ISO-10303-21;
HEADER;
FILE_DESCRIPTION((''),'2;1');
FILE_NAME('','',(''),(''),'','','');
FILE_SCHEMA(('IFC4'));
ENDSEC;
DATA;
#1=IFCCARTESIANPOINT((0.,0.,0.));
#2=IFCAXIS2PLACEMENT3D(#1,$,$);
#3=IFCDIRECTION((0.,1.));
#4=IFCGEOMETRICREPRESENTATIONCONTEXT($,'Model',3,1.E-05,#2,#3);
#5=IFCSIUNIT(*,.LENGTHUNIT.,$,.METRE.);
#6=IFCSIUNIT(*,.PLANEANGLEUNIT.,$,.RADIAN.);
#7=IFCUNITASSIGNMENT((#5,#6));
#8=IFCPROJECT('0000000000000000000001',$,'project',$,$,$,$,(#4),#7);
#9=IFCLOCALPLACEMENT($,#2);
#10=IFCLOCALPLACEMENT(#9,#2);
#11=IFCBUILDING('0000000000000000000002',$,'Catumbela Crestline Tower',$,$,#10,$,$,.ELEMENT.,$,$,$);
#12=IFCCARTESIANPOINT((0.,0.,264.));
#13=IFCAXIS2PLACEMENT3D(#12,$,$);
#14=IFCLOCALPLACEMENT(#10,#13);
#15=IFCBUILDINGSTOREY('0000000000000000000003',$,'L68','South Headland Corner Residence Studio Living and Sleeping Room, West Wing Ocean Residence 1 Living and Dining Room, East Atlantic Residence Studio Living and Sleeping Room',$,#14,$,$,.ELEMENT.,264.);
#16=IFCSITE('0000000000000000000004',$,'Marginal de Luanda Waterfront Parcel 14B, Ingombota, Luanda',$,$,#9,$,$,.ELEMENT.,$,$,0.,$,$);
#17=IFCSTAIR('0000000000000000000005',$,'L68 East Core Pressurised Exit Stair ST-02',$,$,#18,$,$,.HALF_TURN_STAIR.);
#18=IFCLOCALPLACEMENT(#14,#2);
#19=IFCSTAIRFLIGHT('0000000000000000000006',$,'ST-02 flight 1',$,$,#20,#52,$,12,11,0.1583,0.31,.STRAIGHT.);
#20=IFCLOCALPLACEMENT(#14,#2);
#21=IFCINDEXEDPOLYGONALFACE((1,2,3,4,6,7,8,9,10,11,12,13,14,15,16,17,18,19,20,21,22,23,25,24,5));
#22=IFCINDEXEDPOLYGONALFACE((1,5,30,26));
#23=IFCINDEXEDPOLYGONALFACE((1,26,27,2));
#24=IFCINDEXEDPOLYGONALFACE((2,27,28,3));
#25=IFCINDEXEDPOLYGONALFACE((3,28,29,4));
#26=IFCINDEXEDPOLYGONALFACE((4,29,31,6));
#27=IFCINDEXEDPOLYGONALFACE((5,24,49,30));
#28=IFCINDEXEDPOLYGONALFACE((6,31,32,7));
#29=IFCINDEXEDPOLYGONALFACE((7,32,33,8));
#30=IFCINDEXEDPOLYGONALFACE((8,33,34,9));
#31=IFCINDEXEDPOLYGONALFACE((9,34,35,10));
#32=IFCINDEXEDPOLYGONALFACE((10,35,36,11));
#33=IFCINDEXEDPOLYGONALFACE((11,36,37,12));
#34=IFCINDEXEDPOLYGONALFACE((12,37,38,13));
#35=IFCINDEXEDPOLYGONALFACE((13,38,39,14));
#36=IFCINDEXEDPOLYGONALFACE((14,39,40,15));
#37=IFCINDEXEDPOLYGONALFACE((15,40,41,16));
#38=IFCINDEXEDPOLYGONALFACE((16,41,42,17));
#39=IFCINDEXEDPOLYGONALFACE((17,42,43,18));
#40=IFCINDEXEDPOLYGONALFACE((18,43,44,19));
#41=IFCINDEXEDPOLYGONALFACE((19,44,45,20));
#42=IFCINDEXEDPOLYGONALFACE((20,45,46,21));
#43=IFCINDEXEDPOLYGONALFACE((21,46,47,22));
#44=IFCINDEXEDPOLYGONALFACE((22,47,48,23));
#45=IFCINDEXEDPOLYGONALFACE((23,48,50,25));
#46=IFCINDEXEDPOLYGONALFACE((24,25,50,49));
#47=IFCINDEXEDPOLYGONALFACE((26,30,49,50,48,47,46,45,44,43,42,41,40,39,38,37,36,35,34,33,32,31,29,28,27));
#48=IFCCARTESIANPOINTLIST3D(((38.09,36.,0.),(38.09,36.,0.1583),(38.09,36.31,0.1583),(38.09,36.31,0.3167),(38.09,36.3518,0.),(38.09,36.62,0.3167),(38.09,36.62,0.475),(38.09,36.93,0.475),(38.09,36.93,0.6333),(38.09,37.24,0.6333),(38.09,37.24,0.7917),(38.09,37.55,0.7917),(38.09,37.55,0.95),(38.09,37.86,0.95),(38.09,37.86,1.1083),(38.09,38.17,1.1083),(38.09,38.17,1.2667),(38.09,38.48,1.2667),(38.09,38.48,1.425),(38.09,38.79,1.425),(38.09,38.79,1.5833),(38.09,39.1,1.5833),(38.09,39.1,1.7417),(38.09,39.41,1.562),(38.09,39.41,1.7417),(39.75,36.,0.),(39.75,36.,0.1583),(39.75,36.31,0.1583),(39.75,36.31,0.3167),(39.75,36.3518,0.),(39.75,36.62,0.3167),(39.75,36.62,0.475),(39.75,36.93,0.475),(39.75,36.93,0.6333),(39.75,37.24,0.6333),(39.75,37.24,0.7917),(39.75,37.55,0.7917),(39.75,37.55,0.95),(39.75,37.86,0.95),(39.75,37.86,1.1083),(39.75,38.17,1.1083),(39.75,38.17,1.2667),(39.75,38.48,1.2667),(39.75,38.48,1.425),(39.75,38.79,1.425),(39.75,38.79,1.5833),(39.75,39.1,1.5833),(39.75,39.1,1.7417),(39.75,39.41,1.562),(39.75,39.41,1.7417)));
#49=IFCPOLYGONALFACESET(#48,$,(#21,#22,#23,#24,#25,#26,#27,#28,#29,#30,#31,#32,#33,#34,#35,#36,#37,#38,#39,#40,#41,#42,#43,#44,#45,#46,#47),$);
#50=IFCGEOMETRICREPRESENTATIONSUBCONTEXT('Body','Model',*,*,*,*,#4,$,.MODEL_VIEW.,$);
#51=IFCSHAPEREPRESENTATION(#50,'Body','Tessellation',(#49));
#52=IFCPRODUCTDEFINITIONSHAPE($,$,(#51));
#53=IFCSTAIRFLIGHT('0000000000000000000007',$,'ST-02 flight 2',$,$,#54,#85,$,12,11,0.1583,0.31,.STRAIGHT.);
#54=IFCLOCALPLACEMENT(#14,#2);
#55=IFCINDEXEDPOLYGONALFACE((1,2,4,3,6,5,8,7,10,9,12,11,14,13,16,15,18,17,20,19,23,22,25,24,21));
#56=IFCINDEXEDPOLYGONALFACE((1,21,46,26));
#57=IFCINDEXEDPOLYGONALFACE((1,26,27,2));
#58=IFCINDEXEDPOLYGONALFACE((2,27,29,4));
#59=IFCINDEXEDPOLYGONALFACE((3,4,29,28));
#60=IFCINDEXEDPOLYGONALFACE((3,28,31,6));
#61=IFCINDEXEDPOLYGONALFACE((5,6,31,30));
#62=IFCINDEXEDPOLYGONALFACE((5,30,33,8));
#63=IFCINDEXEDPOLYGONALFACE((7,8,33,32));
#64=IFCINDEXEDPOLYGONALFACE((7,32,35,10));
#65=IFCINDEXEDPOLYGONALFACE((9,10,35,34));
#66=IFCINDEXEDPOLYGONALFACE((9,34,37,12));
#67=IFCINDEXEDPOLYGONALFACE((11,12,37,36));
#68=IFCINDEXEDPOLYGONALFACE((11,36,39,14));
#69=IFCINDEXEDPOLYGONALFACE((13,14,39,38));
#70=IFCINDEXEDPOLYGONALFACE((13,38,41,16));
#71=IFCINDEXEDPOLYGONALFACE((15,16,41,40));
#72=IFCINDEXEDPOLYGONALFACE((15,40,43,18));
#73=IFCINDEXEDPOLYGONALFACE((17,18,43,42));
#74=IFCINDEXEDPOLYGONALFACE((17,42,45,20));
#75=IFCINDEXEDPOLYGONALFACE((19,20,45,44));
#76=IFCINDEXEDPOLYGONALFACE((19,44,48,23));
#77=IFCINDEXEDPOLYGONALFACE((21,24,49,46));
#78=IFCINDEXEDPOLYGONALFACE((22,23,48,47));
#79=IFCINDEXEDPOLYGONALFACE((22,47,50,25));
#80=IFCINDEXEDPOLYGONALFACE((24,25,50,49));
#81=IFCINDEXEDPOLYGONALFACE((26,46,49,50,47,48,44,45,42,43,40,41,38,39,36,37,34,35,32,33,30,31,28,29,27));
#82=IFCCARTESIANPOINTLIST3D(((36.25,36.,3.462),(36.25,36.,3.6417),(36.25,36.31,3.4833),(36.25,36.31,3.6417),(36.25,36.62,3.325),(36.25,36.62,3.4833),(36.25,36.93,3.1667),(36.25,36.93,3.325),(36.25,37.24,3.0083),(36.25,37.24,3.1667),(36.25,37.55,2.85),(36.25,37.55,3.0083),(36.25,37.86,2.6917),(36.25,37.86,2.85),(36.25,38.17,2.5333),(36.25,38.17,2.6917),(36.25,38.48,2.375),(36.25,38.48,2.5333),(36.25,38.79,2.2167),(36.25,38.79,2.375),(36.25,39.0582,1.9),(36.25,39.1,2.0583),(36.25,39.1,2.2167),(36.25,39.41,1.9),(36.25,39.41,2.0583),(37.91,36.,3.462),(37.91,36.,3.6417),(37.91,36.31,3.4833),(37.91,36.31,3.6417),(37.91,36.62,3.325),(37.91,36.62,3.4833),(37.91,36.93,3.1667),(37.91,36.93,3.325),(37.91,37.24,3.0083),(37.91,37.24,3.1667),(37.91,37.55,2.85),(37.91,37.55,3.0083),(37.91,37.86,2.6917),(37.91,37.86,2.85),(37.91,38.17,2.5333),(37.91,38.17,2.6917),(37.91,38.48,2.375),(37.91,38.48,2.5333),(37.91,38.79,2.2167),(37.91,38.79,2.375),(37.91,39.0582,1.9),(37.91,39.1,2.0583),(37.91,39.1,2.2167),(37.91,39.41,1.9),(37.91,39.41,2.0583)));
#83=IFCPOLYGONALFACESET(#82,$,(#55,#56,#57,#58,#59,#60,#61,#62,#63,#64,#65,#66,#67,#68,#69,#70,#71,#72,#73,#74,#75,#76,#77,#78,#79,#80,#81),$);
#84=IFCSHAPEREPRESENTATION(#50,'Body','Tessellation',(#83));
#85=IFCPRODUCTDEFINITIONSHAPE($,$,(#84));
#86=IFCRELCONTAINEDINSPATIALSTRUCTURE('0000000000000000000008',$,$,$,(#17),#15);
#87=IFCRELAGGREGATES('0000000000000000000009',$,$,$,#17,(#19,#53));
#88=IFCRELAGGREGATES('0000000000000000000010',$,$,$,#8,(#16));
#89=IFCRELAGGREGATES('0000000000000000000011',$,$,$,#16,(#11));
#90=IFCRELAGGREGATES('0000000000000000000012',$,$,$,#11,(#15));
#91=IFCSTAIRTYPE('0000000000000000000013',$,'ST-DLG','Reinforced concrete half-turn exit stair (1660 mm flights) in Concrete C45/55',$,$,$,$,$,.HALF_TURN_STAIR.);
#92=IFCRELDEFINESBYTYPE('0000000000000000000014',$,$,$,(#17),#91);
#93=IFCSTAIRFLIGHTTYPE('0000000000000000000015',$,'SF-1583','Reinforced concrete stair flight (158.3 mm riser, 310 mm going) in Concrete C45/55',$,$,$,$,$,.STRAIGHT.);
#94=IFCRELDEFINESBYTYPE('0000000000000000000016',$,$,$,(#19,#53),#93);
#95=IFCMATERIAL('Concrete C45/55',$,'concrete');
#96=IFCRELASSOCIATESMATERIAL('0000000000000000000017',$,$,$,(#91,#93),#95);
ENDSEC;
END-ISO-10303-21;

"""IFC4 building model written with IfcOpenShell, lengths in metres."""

from ifc_helpers import new_model, si_unit, direction, frame, origin, place, context, subcontext, project, spatial, polyline, outline, extrude, material, type_object, element, aggregate, save


model = new_model("IFC4")

# Units and contexts
model_context = context("Model", 3, precision=1e-05, world=origin(), true_north=direction((0.0, 1.0)))
body_context = subcontext(model_context, "Body", "Model", "MODEL_VIEW")
ifc_project = project(units=[si_unit("LENGTHUNIT", "METRE"), si_unit("PLANEANGLEUNIT", "RADIAN")], contexts=[model_context])

# Site, building, storey
site_placement = place(None, origin())
site = spatial("IfcSite", under=ifc_project, at=site_placement, Name="Marginal de Luanda Waterfront Parcel 14B, Ingombota, Luanda", CompositionType="ELEMENT", RefElevation=0.0)
building_placement = place(site_placement, origin())
building = spatial("IfcBuilding", under=site, at=building_placement, Name="Catumbela Crestline Tower", CompositionType="ELEMENT")
storey_placement = place(building_placement, frame((0.0, 0.0, 264.0)))
storey = spatial("IfcBuildingStorey", under=building, at=storey_placement, Name="L68", Description="South Headland Corner Residence Studio Living and Sleeping Room, West Wing Ocean Residence 1 Living and Dining Room, East Atlantic Residence Studio Living and Sleeping Room", CompositionType="ELEMENT", Elevation=264.0)

# Stair, stair flights
ifc_material_1 = material(Name="Concrete C45/55", Category="concrete")
stair_type = type_object("IfcStairType", Name="ST-DLG", Description="Reinforced concrete half-turn exit stair (1660 mm flights) in Concrete C45/55", PredefinedType="HALF_TURN_STAIR", material=ifc_material_1)
stair_placement = place(storey_placement, origin())
stair = element("IfcStair", 1, at=stair_placement, inside=storey, type_object=stair_type, Name="L68 East Core Pressurised Exit Stair ST-02", PredefinedType="HALF_TURN_STAIR")
stair_flight_type = type_object("IfcStairFlightType", Name="SF-1583", Description="Reinforced concrete stair flight (158.3 mm riser, 310 mm going) in Concrete C45/55", PredefinedType="STRAIGHT", material=ifc_material_1)
stair_flight_1_placement = place(storey_placement, frame((38.92, 36.0, 0.0), z_axis=(0.0, 0.0, 1.0), x_axis=(0.0, 1.0, 0.0)))
stair_flight_1 = element("IfcStairFlight", 2, at=stair_flight_1_placement, type_object=stair_flight_type, Name="ST-02 flight 1", NumberOfRisers=12, NumberOfTreads=11, PredefinedType="STRAIGHT", RiserHeight=0.1583, TreadLength=0.31, context=body_context, shape_type="SweptSolid", body=[
    extrude(outline(polyline([(0.0, 0.0), (0.0, 0.1583), (0.31, 0.1583), (0.31, 0.3167), (0.62, 0.3167), (0.62, 0.475), (0.93, 0.475), (0.93, 0.6333), (1.24, 0.6333), (1.24, 0.7917), (1.55, 0.7917), (1.55, 0.95), (1.86, 0.95), (1.86, 1.1083), (2.17, 1.1083), (2.17, 1.2667), (2.48, 1.2667), (2.48, 1.425), (2.79, 1.425), (2.79, 1.5833), (3.1, 1.5833), (3.1, 1.7417), (3.41, 1.7417), (3.41, 1.9), (3.41, 1.562), (0.3518, 0.0), (0.0, 0.0)])), frame((0.0, 0.83, 0.0), z_axis=(0.0, -1.0, 0.0), x_axis=(1.0, 0.0, 0.0)), (0.0, 0.0, 1.0), 1.66),
])
stair_flight_2_placement = place(storey_placement, frame((37.08, 39.41, 1.9), z_axis=(0.0, 0.0, 1.0), x_axis=(0.0, -1.0, 0.0)))
stair_flight_2 = element("IfcStairFlight", 3, at=stair_flight_2_placement, type_object=stair_flight_type, Name="ST-02 flight 2", NumberOfRisers=12, NumberOfTreads=11, PredefinedType="STRAIGHT", RiserHeight=0.1583, TreadLength=0.31, context=body_context, shape_type="SweptSolid", body=[
    extrude(outline(polyline([(0.0, 0.0), (0.0, 0.1583), (0.31, 0.1583), (0.31, 0.3167), (0.62, 0.3167), (0.62, 0.475), (0.93, 0.475), (0.93, 0.6333), (1.24, 0.6333), (1.24, 0.7917), (1.55, 0.7917), (1.55, 0.95), (1.86, 0.95), (1.86, 1.1083), (2.17, 1.1083), (2.17, 1.2667), (2.48, 1.2667), (2.48, 1.425), (2.79, 1.425), (2.79, 1.5833), (3.1, 1.5833), (3.1, 1.7417), (3.41, 1.7417), (3.41, 1.9), (3.41, 1.562), (0.3518, 0.0), (0.0, 0.0)])), frame((0.0, 0.83, 0.0), z_axis=(0.0, -1.0, 0.0), x_axis=(1.0, 0.0, 0.0)), (0.0, 0.0, 1.0), 1.66),
])
aggregate(stair, [stair_flight_1, stair_flight_2])

save(model, "model.ifc")
